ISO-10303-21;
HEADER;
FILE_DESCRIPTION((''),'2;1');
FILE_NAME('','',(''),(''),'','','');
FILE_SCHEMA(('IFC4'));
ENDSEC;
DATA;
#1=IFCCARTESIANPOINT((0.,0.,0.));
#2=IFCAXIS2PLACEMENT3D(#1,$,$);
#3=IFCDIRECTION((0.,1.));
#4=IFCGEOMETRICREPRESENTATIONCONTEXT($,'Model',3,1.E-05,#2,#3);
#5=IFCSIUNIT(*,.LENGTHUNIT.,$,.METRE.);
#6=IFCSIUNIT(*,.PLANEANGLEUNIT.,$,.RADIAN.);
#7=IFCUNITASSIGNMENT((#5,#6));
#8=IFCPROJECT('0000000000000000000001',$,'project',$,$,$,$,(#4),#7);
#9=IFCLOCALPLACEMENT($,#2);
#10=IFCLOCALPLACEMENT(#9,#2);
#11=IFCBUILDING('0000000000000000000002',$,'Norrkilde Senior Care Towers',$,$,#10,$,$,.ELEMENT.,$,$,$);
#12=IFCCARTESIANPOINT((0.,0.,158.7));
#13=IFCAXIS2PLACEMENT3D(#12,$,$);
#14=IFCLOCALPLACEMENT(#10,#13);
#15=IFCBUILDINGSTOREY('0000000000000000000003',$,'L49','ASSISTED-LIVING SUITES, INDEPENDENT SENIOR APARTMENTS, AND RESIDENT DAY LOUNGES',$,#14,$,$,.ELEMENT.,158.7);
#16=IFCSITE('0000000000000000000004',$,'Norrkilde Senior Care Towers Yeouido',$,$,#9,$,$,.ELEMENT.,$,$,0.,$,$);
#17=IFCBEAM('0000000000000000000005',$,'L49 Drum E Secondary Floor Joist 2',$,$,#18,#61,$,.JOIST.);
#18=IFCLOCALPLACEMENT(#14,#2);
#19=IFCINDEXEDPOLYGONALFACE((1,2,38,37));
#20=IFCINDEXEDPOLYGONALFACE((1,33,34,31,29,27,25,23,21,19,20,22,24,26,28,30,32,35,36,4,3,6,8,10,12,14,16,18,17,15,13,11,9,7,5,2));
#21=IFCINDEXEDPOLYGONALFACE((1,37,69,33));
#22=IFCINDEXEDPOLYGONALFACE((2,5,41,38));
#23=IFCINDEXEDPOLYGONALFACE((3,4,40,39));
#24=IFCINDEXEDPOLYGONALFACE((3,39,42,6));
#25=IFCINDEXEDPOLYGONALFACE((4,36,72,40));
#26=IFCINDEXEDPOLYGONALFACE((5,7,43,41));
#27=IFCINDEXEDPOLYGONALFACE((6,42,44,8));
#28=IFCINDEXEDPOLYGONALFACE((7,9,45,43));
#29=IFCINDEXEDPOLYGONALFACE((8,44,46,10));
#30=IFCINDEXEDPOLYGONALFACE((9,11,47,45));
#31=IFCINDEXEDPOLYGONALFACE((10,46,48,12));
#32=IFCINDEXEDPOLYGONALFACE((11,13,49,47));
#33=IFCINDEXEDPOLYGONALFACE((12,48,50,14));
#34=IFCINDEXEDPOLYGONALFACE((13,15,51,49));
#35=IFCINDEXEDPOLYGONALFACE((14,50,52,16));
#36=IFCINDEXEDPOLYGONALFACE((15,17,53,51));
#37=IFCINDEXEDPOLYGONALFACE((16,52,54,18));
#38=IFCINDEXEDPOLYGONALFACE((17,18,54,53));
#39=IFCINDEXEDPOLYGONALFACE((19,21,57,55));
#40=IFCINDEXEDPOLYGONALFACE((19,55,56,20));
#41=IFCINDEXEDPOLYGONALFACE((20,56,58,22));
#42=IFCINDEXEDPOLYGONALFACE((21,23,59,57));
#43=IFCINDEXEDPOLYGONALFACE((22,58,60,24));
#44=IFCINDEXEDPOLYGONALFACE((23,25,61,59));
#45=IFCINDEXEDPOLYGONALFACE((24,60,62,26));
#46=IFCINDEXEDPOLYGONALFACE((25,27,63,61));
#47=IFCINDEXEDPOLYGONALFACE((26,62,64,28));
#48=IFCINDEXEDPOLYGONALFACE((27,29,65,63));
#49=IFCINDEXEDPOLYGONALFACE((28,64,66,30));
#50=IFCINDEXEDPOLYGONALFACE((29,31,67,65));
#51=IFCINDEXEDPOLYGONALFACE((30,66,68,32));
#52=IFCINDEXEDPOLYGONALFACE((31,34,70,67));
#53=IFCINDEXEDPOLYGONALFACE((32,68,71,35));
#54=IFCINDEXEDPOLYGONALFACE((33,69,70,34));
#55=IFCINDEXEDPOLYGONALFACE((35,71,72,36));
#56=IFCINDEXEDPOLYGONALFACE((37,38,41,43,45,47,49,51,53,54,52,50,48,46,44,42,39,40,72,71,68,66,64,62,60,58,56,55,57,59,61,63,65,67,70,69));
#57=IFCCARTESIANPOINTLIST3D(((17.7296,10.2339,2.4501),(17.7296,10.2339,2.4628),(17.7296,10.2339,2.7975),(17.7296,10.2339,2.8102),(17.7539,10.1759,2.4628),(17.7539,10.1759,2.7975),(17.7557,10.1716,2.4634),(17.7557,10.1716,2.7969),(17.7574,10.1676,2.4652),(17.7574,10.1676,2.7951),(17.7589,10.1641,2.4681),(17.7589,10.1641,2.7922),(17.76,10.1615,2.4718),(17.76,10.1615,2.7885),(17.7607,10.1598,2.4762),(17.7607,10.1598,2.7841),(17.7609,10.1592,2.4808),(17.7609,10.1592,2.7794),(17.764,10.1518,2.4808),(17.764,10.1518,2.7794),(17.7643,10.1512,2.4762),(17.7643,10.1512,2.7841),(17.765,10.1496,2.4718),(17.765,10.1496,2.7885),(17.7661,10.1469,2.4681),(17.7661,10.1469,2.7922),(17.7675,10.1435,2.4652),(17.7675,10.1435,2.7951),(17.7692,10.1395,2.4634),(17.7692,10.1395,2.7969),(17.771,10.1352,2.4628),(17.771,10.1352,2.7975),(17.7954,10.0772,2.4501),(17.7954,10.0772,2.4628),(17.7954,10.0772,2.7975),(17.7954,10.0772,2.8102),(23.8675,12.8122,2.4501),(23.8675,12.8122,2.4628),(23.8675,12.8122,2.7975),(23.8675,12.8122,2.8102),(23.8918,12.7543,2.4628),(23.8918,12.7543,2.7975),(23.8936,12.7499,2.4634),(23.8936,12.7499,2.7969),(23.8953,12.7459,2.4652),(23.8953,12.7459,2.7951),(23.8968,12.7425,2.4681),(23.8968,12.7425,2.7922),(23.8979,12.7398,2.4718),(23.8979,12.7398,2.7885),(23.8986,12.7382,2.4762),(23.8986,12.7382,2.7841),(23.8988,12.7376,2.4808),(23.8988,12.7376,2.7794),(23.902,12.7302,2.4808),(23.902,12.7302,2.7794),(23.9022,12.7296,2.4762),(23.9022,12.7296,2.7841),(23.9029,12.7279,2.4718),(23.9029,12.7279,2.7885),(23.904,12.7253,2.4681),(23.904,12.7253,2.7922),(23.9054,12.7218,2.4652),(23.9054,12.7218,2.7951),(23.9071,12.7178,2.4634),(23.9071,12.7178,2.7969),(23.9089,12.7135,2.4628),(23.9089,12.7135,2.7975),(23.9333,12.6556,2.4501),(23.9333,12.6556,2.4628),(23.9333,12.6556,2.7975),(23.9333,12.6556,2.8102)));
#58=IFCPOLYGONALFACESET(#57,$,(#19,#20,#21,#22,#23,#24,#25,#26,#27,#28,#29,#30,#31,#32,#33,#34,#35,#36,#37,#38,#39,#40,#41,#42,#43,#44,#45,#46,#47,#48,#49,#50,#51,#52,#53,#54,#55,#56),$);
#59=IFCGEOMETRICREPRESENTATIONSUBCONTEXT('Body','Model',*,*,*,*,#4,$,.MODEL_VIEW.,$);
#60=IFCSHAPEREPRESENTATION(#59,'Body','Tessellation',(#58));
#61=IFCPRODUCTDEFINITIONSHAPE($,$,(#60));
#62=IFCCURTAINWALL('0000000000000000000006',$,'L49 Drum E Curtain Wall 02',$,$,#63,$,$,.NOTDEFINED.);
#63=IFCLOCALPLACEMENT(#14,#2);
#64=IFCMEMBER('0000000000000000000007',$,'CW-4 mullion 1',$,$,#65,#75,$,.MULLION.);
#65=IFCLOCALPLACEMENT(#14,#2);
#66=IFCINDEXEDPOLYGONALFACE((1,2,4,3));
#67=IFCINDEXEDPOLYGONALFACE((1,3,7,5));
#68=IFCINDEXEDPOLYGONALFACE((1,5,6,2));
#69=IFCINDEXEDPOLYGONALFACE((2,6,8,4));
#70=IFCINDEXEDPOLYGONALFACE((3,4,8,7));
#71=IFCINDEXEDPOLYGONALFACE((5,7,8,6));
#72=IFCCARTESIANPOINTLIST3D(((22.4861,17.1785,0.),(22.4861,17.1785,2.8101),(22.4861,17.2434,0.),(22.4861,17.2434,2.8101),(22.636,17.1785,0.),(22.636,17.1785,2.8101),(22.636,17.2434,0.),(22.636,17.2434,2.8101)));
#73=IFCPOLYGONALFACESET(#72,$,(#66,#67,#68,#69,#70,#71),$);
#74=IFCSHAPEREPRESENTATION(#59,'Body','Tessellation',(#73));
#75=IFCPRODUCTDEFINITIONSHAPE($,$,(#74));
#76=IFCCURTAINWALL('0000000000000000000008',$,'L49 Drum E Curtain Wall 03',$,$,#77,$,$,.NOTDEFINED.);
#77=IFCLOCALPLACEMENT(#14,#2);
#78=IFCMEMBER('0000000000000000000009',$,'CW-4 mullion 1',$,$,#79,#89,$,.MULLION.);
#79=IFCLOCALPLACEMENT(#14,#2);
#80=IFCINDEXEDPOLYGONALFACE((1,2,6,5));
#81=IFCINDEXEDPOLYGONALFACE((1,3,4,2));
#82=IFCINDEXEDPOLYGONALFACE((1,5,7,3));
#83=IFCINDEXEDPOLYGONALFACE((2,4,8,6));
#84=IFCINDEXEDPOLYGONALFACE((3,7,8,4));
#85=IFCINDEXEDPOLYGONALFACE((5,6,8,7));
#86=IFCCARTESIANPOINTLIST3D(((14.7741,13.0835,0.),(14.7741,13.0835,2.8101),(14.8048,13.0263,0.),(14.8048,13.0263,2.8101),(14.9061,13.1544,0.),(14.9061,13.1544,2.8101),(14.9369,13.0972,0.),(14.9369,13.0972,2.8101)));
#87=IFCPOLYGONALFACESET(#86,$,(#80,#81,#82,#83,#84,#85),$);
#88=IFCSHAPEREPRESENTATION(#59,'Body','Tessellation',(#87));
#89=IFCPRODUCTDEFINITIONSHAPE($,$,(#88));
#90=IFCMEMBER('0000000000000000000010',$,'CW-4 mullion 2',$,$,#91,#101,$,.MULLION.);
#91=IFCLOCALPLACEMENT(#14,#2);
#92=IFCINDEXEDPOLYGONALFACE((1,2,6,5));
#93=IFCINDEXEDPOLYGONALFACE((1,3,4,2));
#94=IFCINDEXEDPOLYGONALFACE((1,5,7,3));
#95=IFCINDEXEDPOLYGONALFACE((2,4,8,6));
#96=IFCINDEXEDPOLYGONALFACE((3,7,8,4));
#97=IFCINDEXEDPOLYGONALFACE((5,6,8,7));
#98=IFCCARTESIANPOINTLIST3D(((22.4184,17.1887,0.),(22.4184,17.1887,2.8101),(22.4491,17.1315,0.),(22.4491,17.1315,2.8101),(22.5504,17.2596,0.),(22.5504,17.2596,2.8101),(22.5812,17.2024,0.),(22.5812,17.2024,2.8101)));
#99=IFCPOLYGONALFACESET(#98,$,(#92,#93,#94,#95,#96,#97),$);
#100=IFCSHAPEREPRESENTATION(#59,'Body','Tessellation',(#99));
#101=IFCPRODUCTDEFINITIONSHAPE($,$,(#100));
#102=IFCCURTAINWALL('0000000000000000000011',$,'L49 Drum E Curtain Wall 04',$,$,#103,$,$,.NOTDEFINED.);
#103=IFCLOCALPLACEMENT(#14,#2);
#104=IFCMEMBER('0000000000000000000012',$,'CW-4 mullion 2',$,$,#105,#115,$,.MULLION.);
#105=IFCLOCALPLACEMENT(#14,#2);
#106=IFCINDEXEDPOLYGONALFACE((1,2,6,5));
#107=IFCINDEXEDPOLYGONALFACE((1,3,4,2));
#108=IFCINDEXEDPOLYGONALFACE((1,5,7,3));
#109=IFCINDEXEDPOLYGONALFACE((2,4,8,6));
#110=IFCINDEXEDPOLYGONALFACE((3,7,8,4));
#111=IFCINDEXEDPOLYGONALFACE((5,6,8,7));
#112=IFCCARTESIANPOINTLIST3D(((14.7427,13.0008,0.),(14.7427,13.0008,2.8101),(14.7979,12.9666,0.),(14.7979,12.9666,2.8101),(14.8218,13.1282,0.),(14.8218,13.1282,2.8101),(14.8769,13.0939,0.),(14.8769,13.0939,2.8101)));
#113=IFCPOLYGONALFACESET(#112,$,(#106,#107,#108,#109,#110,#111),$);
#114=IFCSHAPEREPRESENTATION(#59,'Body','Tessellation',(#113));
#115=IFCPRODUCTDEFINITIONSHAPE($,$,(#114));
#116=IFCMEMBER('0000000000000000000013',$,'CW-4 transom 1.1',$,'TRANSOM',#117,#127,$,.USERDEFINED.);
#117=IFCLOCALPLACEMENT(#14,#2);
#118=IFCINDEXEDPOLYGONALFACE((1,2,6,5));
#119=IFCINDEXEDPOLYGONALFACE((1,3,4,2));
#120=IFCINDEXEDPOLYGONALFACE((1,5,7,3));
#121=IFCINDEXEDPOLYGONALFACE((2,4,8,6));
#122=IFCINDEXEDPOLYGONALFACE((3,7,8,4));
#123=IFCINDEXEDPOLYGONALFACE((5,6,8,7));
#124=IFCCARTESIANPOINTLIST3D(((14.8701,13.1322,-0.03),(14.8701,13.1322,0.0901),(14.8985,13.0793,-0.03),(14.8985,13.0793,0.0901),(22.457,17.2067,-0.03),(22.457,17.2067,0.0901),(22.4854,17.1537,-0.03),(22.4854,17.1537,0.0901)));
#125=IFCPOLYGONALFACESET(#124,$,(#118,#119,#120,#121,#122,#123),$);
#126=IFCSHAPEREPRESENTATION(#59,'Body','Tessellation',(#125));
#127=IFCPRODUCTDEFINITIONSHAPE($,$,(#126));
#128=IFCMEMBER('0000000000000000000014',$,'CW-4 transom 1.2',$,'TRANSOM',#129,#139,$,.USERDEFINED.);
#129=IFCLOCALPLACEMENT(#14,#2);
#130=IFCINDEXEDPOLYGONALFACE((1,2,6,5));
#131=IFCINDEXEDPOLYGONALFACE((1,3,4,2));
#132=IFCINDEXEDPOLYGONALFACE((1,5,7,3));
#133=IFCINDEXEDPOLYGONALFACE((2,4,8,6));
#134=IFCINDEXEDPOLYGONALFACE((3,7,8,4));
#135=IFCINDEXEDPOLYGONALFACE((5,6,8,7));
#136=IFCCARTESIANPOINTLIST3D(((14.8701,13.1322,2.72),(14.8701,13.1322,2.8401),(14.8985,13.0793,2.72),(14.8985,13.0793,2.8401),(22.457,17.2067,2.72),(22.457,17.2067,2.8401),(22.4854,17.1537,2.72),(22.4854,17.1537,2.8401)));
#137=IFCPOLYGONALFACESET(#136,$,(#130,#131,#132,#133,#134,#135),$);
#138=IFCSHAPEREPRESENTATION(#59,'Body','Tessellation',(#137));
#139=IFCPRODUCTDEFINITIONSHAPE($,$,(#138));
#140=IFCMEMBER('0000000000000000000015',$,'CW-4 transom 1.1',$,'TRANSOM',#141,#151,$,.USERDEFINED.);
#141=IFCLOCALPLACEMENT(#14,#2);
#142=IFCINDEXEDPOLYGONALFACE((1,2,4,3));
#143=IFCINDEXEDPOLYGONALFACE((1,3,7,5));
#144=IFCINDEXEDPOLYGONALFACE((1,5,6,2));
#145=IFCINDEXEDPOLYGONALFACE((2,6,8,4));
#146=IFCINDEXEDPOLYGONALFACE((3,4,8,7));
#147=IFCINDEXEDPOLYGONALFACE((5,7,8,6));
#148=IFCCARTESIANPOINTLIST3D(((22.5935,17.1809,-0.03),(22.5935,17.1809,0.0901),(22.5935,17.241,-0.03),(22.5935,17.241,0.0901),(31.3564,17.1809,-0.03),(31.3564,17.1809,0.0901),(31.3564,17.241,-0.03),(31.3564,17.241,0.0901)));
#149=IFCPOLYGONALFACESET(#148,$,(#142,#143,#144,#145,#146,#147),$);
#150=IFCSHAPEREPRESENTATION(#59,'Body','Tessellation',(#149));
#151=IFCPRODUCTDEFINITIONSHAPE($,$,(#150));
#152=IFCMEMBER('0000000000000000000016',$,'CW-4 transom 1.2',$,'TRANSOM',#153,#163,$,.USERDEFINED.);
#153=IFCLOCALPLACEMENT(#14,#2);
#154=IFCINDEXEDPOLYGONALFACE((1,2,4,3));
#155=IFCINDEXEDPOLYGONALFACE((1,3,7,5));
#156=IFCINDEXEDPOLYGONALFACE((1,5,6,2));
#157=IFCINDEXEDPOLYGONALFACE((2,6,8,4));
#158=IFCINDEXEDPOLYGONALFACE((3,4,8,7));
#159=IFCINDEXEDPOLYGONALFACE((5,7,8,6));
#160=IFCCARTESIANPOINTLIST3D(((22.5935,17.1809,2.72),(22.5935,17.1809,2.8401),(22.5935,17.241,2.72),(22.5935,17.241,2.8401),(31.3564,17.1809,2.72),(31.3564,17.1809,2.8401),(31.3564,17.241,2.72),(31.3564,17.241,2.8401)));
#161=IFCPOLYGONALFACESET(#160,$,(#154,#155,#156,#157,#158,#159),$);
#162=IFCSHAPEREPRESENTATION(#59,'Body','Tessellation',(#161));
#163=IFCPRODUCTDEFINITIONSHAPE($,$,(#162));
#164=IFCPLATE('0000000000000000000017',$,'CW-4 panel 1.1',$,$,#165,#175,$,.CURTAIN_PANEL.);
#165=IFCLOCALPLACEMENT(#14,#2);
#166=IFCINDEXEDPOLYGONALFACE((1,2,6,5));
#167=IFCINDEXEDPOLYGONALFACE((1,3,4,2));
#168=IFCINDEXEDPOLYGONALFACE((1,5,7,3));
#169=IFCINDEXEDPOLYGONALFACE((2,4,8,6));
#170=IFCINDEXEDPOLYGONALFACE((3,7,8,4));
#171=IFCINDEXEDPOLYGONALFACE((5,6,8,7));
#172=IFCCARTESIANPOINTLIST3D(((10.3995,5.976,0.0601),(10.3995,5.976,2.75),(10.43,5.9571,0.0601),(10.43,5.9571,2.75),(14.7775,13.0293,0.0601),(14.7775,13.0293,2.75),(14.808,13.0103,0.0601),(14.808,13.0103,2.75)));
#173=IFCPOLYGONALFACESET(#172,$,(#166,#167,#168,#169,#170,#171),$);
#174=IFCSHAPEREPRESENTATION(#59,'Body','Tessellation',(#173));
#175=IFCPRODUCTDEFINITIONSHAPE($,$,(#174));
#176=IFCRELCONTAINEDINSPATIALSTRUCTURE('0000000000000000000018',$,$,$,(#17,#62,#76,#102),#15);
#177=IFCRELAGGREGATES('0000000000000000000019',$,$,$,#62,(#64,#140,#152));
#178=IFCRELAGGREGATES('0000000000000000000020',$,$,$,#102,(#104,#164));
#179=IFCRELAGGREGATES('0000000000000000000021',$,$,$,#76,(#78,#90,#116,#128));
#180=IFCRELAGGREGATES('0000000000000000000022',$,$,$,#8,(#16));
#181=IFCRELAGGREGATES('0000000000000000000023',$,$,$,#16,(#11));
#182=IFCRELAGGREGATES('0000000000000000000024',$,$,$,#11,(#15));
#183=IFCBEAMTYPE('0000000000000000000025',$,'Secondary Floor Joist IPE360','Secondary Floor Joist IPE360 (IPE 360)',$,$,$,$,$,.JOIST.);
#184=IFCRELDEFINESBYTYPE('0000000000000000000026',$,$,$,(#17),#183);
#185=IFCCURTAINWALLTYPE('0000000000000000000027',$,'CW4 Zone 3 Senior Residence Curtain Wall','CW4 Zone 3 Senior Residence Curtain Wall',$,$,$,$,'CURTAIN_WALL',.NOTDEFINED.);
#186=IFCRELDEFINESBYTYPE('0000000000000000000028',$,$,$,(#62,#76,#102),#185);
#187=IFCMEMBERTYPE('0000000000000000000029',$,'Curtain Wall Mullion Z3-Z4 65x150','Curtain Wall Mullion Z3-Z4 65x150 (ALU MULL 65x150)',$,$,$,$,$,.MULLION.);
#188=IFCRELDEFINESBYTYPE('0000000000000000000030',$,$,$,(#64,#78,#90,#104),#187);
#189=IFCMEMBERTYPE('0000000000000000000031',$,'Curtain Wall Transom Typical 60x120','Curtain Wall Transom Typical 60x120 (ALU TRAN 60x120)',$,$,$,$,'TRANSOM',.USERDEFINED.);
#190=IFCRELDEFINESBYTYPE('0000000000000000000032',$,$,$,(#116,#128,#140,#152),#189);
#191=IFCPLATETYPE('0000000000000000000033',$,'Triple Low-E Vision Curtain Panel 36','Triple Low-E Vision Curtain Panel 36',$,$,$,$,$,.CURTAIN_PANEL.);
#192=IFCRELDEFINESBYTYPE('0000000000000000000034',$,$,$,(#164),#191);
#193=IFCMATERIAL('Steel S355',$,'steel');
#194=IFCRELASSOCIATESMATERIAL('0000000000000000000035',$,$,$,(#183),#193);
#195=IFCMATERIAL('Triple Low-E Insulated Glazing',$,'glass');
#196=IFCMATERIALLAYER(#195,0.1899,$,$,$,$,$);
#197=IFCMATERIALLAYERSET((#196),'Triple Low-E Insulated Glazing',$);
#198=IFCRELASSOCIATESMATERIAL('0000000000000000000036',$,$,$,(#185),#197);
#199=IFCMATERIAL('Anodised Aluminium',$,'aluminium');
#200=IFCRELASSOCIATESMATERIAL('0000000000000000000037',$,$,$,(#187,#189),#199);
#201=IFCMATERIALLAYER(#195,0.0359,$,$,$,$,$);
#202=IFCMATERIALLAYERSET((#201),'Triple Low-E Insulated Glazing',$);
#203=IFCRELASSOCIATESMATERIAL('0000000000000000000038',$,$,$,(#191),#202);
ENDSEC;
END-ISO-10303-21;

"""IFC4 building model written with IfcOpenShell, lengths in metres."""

from ifc_helpers import new_model, si_unit, direction, frame, origin, origin_2d, place, context, subcontext, project, spatial, rectangle, i_section, extrude, source, transform, mapped, material, layer, layer_set, material_profile, profile_set, type_object, type_shapes, element, aggregate, save


model = new_model("IFC4")

# Units and contexts
model_context = context("Model", 3, precision=1e-05, world=origin(), true_north=direction((0.0, 1.0)))
body_context = subcontext(model_context, "Body", "Model", "MODEL_VIEW")
ifc_project = project(units=[si_unit("LENGTHUNIT", "METRE"), si_unit("PLANEANGLEUNIT", "RADIAN")], contexts=[model_context])

# Site, building, storey
site_placement = place(None, origin())
site = spatial("IfcSite", under=ifc_project, at=site_placement, Name="Norrkilde Senior Care Towers Yeouido", CompositionType="ELEMENT", RefElevation=0.0)
building_placement = place(site_placement, origin())
building = spatial("IfcBuilding", under=site, at=building_placement, Name="Norrkilde Senior Care Towers", CompositionType="ELEMENT")
storey_placement = place(building_placement, frame((0.0, 0.0, 158.7)))
storey = spatial("IfcBuildingStorey", under=building, at=storey_placement, Name="L49", Description="ASSISTED-LIVING SUITES, INDEPENDENT SENIOR APARTMENTS, AND RESIDENT DAY LOUNGES", CompositionType="ELEMENT", Elevation=158.7)

# Beam
ifc_material_1 = material(Name="Steel S355", Category="steel")
ifc_material_profile_1 = material_profile(ifc_material_1, i_section(OverallWidth=0.1699, OverallDepth=0.3601, WebThickness=0.0081, FlangeThickness=0.0127, FilletRadius=0.0181, at=origin_2d()), Name="IPE 360")
ifc_profile_set_1 = profile_set([ifc_material_profile_1], Name="Steel S355")
beam_type_1 = type_object("IfcBeamType", Name="Secondary Floor Joist IPE360", Description="Secondary Floor Joist IPE360 (IPE 360)", PredefinedType="JOIST", material=ifc_profile_set_1)
shared_shape_1 = source(origin(), body_context, "Body", "SweptSolid", [
    extrude(i_section(OverallWidth=0.1699, OverallDepth=0.3601, WebThickness=0.0081, FlangeThickness=0.0127, FilletRadius=0.0181, at=origin_2d()), origin(), (0.0, 0.0, 1.0), 6.6575),
])
type_shapes(beam_type_1, [shared_shape_1])
beam_1_placement = place(storey_placement, frame((23.9004, 12.7339, 2.6301), z_axis=(-0.921959, -0.387288, 0.0), x_axis=(0.387288, -0.921959, 0.0)))
element("IfcBeam", 1, at=beam_1_placement, inside=storey, type_object=beam_type_1, Name="L49 Drum E Secondary Floor Joist 2", PredefinedType="JOIST", context=body_context, shape_type="MappedRepresentation", body=[
    mapped(shared_shape_1, transform((0.0, 0.0, 0.0), x_axis=(1.0, 0.0, 0.0), y_axis=(0.0, 1.0, 0.0), z_axis=(0.0, 0.0, 1.0), scale=1.0)),
])

# Curtain wall, member
ifc_material_2 = material(Name="Triple Low-E Insulated Glazing", Category="glass")
ifc_layer_1 = layer(ifc_material_2, 0.1899)
ifc_layer_set_1 = layer_set([ifc_layer_1], Name="Triple Low-E Insulated Glazing")
curtain_wall_type = type_object("IfcCurtainWallType", Name="CW4 Zone 3 Senior Residence Curtain Wall", Description="CW4 Zone 3 Senior Residence Curtain Wall", ElementType="CURTAIN_WALL", PredefinedType="NOTDEFINED", material=ifc_layer_set_1)
curtain_wall_1_placement = place(storey_placement, origin())
curtain_wall_1 = element("IfcCurtainWall", 2, at=curtain_wall_1_placement, inside=storey, type_object=curtain_wall_type, Name="L49 Drum E Curtain Wall 02", PredefinedType="NOTDEFINED")
ifc_material_3 = material(Name="Anodised Aluminium", Category="aluminium")
ifc_material_profile_2 = material_profile(ifc_material_3, rectangle(XDim=0.0649, YDim=0.1499, at=origin_2d()), Name="ALU MULL 65x150")
ifc_profile_set_2 = profile_set([ifc_material_profile_2], Name="Anodised Aluminium")
member_type_1 = type_object("IfcMemberType", Name="Curtain Wall Mullion Z3-Z4 65x150", Description="Curtain Wall Mullion Z3-Z4 65x150 (ALU MULL 65x150)", PredefinedType="MULLION", material=ifc_profile_set_2)
shared_shape_2 = source(origin(), body_context, "Body", "SweptSolid", [
    extrude(rectangle(XDim=0.0649, YDim=0.1499, at=origin_2d()), origin(), (0.0, 0.0, 1.0), 2.8101),
])
type_shapes(member_type_1, [shared_shape_2])
member_1_placement = place(storey_placement, frame((22.561, 17.2109, 0.0), z_axis=(0.0, 0.0, 1.0), x_axis=(0.0, 1.0, 0.0)))
member_1 = element("IfcMember", 3, at=member_1_placement, type_object=member_type_1, Name="CW-4 mullion 1", PredefinedType="MULLION", context=body_context, shape_type="MappedRepresentation", body=[
    mapped(shared_shape_2, transform((0.0, 0.0, 0.0), x_axis=(1.0, 0.0, 0.0), y_axis=(0.0, 1.0, 0.0), z_axis=(0.0, 0.0, 1.0), scale=1.0)),
])

# Curtain wall, members
curtain_wall_2_placement = place(storey_placement, origin())
curtain_wall_2 = element("IfcCurtainWall", 4, at=curtain_wall_2_placement, inside=storey, type_object=curtain_wall_type, Name="L49 Drum E Curtain Wall 03", PredefinedType="NOTDEFINED")
member_2_placement = place(storey_placement, frame((14.8555, 13.0903, 0.0), z_axis=(0.0, 0.0, 1.0), x_axis=(-0.473117, 0.881, 0.0)))
member_2 = element("IfcMember", 5, at=member_2_placement, type_object=member_type_1, Name="CW-4 mullion 1", PredefinedType="MULLION", context=body_context, shape_type="MappedRepresentation", body=[
    mapped(shared_shape_2, transform((0.0, 0.0, 0.0), x_axis=(1.0, 0.0, 0.0), y_axis=(0.0, 1.0, 0.0), z_axis=(0.0, 0.0, 1.0), scale=1.0)),
])
member_3_placement = place(storey_placement, frame((22.4998, 17.1956, 0.0), z_axis=(0.0, 0.0, 1.0), x_axis=(-0.473117, 0.881, 0.0)))
member_3 = element("IfcMember", 6, at=member_3_placement, type_object=member_type_1, Name="CW-4 mullion 2", PredefinedType="MULLION", context=body_context, shape_type="MappedRepresentation", body=[
    mapped(shared_shape_2, transform((0.0, 0.0, 0.0), x_axis=(1.0, 0.0, 0.0), y_axis=(0.0, 1.0, 0.0), z_axis=(0.0, 0.0, 1.0), scale=1.0)),
])

# Curtain wall, member
curtain_wall_3_placement = place(storey_placement, origin())
curtain_wall_3 = element("IfcCurtainWall", 7, at=curtain_wall_3_placement, inside=storey, type_object=curtain_wall_type, Name="L49 Drum E Curtain Wall 04", PredefinedType="NOTDEFINED")
member_4_placement = place(storey_placement, frame((14.8098, 13.0474, 0.0), z_axis=(0.0, 0.0, 1.0), x_axis=(-0.849634, 0.527373, 0.0)))
member_4 = element("IfcMember", 8, at=member_4_placement, type_object=member_type_1, Name="CW-4 mullion 2", PredefinedType="MULLION", context=body_context, shape_type="MappedRepresentation", body=[
    mapped(shared_shape_2, transform((0.0, 0.0, 0.0), x_axis=(1.0, 0.0, 0.0), y_axis=(0.0, 1.0, 0.0), z_axis=(0.0, 0.0, 1.0), scale=1.0)),
])

# Members
ifc_material_profile_3 = material_profile(ifc_material_3, rectangle(XDim=0.0601, YDim=0.1201, at=origin_2d()), Name="ALU TRAN 60x120")
ifc_profile_set_3 = profile_set([ifc_material_profile_3], Name="Anodised Aluminium")
member_type_2 = type_object("IfcMemberType", Name="Curtain Wall Transom Typical 60x120", Description="Curtain Wall Transom Typical 60x120 (ALU TRAN 60x120)", ElementType="TRANSOM", PredefinedType="USERDEFINED", material=ifc_profile_set_3)
shared_shape_3 = source(origin(), body_context, "Body", "SweptSolid", [
    extrude(rectangle(XDim=0.0601, YDim=0.1201, at=origin_2d()), origin(), (0.0, 0.0, 1.0), 8.6118),
])
member_5_placement = place(storey_placement, frame((14.8843, 13.1057, 0.03), z_axis=(0.880994, 0.473127, 0.0), x_axis=(-0.473127, 0.880994, 0.0)))
member_5 = element("IfcMember", 9, at=member_5_placement, type_object=member_type_2, Name="CW-4 transom 1.1", ObjectType="TRANSOM", PredefinedType="USERDEFINED", context=body_context, shape_type="MappedRepresentation", body=[
    mapped(shared_shape_3, transform((0.0, 0.0, 0.0), x_axis=(1.0, 0.0, 0.0), y_axis=(0.0, 1.0, 0.0), z_axis=(0.0, 0.0, 1.0), scale=1.0)),
])
member_6_placement = place(storey_placement, frame((14.8843, 13.1057, 2.78), z_axis=(0.880994, 0.473127, 0.0), x_axis=(-0.473127, 0.880994, 0.0)))
member_6 = element("IfcMember", 10, at=member_6_placement, type_object=member_type_2, Name="CW-4 transom 1.2", ObjectType="TRANSOM", PredefinedType="USERDEFINED", context=body_context, shape_type="MappedRepresentation", body=[
    mapped(shared_shape_3, transform((0.0, 0.0, 0.0), x_axis=(1.0, 0.0, 0.0), y_axis=(0.0, 1.0, 0.0), z_axis=(0.0, 0.0, 1.0), scale=1.0)),
])
shared_shape_4 = source(origin(), body_context, "Body", "SweptSolid", [
    extrude(rectangle(XDim=0.0601, YDim=0.1201, at=origin_2d()), origin(), (0.0, 0.0, 1.0), 8.7629),
])
type_shapes(member_type_2, [shared_shape_3, shared_shape_4])
member_7_placement = place(storey_placement, frame((22.5935, 17.2109, 0.03), z_axis=(1.0, 0.0, 0.0), x_axis=(0.0, 1.0, 0.0)))
member_7 = element("IfcMember", 11, at=member_7_placement, type_object=member_type_2, Name="CW-4 transom 1.1", ObjectType="TRANSOM", PredefinedType="USERDEFINED", context=body_context, shape_type="MappedRepresentation", body=[
    mapped(shared_shape_4, transform((0.0, 0.0, 0.0), x_axis=(1.0, 0.0, 0.0), y_axis=(0.0, 1.0, 0.0), z_axis=(0.0, 0.0, 1.0), scale=1.0)),
])
member_8_placement = place(storey_placement, frame((22.5935, 17.2109, 2.78), z_axis=(1.0, 0.0, 0.0), x_axis=(0.0, 1.0, 0.0)))
member_8 = element("IfcMember", 12, at=member_8_placement, type_object=member_type_2, Name="CW-4 transom 1.2", ObjectType="TRANSOM", PredefinedType="USERDEFINED", context=body_context, shape_type="MappedRepresentation", body=[
    mapped(shared_shape_4, transform((0.0, 0.0, 0.0), x_axis=(1.0, 0.0, 0.0), y_axis=(0.0, 1.0, 0.0), z_axis=(0.0, 0.0, 1.0), scale=1.0)),
])
aggregate(curtain_wall_1, [member_1, member_7, member_8])

# Plate
ifc_layer_2 = layer(ifc_material_2, 0.0359)
ifc_layer_set_2 = layer_set([ifc_layer_2], Name="Triple Low-E Insulated Glazing")
plate_type = type_object("IfcPlateType", Name="Triple Low-E Vision Curtain Panel 36", Description="Triple Low-E Vision Curtain Panel 36", PredefinedType="CURTAIN_PANEL", material=ifc_layer_set_2)
shared_shape_5 = source(origin(), body_context, "Body", "SweptSolid", [
    extrude(rectangle(XDim=8.3015, YDim=0.0359, at=origin_2d()), origin(), (0.0, 0.0, 1.0), 2.6899),
])
plate_1_placement = place(storey_placement, frame((12.6038, 9.4932, 0.0601), z_axis=(0.0, 0.0, 1.0), x_axis=(0.527373, 0.849634, 0.0)))
plate_1 = element("IfcPlate", 13, at=plate_1_placement, type_object=plate_type, Name="CW-4 panel 1.1", PredefinedType="CURTAIN_PANEL", context=body_context, shape_type="MappedRepresentation", body=[
    mapped(shared_shape_5, transform((0.0, 0.0, 0.0), x_axis=(1.0, 0.0, 0.0), y_axis=(0.0, 1.0, 0.0), z_axis=(0.0, 0.0, 1.0), scale=1.0)),
])
aggregate(curtain_wall_3, [member_4, plate_1])
aggregate(curtain_wall_2, [member_2, member_3, member_5, member_6])

save(model, "model.ifc")
